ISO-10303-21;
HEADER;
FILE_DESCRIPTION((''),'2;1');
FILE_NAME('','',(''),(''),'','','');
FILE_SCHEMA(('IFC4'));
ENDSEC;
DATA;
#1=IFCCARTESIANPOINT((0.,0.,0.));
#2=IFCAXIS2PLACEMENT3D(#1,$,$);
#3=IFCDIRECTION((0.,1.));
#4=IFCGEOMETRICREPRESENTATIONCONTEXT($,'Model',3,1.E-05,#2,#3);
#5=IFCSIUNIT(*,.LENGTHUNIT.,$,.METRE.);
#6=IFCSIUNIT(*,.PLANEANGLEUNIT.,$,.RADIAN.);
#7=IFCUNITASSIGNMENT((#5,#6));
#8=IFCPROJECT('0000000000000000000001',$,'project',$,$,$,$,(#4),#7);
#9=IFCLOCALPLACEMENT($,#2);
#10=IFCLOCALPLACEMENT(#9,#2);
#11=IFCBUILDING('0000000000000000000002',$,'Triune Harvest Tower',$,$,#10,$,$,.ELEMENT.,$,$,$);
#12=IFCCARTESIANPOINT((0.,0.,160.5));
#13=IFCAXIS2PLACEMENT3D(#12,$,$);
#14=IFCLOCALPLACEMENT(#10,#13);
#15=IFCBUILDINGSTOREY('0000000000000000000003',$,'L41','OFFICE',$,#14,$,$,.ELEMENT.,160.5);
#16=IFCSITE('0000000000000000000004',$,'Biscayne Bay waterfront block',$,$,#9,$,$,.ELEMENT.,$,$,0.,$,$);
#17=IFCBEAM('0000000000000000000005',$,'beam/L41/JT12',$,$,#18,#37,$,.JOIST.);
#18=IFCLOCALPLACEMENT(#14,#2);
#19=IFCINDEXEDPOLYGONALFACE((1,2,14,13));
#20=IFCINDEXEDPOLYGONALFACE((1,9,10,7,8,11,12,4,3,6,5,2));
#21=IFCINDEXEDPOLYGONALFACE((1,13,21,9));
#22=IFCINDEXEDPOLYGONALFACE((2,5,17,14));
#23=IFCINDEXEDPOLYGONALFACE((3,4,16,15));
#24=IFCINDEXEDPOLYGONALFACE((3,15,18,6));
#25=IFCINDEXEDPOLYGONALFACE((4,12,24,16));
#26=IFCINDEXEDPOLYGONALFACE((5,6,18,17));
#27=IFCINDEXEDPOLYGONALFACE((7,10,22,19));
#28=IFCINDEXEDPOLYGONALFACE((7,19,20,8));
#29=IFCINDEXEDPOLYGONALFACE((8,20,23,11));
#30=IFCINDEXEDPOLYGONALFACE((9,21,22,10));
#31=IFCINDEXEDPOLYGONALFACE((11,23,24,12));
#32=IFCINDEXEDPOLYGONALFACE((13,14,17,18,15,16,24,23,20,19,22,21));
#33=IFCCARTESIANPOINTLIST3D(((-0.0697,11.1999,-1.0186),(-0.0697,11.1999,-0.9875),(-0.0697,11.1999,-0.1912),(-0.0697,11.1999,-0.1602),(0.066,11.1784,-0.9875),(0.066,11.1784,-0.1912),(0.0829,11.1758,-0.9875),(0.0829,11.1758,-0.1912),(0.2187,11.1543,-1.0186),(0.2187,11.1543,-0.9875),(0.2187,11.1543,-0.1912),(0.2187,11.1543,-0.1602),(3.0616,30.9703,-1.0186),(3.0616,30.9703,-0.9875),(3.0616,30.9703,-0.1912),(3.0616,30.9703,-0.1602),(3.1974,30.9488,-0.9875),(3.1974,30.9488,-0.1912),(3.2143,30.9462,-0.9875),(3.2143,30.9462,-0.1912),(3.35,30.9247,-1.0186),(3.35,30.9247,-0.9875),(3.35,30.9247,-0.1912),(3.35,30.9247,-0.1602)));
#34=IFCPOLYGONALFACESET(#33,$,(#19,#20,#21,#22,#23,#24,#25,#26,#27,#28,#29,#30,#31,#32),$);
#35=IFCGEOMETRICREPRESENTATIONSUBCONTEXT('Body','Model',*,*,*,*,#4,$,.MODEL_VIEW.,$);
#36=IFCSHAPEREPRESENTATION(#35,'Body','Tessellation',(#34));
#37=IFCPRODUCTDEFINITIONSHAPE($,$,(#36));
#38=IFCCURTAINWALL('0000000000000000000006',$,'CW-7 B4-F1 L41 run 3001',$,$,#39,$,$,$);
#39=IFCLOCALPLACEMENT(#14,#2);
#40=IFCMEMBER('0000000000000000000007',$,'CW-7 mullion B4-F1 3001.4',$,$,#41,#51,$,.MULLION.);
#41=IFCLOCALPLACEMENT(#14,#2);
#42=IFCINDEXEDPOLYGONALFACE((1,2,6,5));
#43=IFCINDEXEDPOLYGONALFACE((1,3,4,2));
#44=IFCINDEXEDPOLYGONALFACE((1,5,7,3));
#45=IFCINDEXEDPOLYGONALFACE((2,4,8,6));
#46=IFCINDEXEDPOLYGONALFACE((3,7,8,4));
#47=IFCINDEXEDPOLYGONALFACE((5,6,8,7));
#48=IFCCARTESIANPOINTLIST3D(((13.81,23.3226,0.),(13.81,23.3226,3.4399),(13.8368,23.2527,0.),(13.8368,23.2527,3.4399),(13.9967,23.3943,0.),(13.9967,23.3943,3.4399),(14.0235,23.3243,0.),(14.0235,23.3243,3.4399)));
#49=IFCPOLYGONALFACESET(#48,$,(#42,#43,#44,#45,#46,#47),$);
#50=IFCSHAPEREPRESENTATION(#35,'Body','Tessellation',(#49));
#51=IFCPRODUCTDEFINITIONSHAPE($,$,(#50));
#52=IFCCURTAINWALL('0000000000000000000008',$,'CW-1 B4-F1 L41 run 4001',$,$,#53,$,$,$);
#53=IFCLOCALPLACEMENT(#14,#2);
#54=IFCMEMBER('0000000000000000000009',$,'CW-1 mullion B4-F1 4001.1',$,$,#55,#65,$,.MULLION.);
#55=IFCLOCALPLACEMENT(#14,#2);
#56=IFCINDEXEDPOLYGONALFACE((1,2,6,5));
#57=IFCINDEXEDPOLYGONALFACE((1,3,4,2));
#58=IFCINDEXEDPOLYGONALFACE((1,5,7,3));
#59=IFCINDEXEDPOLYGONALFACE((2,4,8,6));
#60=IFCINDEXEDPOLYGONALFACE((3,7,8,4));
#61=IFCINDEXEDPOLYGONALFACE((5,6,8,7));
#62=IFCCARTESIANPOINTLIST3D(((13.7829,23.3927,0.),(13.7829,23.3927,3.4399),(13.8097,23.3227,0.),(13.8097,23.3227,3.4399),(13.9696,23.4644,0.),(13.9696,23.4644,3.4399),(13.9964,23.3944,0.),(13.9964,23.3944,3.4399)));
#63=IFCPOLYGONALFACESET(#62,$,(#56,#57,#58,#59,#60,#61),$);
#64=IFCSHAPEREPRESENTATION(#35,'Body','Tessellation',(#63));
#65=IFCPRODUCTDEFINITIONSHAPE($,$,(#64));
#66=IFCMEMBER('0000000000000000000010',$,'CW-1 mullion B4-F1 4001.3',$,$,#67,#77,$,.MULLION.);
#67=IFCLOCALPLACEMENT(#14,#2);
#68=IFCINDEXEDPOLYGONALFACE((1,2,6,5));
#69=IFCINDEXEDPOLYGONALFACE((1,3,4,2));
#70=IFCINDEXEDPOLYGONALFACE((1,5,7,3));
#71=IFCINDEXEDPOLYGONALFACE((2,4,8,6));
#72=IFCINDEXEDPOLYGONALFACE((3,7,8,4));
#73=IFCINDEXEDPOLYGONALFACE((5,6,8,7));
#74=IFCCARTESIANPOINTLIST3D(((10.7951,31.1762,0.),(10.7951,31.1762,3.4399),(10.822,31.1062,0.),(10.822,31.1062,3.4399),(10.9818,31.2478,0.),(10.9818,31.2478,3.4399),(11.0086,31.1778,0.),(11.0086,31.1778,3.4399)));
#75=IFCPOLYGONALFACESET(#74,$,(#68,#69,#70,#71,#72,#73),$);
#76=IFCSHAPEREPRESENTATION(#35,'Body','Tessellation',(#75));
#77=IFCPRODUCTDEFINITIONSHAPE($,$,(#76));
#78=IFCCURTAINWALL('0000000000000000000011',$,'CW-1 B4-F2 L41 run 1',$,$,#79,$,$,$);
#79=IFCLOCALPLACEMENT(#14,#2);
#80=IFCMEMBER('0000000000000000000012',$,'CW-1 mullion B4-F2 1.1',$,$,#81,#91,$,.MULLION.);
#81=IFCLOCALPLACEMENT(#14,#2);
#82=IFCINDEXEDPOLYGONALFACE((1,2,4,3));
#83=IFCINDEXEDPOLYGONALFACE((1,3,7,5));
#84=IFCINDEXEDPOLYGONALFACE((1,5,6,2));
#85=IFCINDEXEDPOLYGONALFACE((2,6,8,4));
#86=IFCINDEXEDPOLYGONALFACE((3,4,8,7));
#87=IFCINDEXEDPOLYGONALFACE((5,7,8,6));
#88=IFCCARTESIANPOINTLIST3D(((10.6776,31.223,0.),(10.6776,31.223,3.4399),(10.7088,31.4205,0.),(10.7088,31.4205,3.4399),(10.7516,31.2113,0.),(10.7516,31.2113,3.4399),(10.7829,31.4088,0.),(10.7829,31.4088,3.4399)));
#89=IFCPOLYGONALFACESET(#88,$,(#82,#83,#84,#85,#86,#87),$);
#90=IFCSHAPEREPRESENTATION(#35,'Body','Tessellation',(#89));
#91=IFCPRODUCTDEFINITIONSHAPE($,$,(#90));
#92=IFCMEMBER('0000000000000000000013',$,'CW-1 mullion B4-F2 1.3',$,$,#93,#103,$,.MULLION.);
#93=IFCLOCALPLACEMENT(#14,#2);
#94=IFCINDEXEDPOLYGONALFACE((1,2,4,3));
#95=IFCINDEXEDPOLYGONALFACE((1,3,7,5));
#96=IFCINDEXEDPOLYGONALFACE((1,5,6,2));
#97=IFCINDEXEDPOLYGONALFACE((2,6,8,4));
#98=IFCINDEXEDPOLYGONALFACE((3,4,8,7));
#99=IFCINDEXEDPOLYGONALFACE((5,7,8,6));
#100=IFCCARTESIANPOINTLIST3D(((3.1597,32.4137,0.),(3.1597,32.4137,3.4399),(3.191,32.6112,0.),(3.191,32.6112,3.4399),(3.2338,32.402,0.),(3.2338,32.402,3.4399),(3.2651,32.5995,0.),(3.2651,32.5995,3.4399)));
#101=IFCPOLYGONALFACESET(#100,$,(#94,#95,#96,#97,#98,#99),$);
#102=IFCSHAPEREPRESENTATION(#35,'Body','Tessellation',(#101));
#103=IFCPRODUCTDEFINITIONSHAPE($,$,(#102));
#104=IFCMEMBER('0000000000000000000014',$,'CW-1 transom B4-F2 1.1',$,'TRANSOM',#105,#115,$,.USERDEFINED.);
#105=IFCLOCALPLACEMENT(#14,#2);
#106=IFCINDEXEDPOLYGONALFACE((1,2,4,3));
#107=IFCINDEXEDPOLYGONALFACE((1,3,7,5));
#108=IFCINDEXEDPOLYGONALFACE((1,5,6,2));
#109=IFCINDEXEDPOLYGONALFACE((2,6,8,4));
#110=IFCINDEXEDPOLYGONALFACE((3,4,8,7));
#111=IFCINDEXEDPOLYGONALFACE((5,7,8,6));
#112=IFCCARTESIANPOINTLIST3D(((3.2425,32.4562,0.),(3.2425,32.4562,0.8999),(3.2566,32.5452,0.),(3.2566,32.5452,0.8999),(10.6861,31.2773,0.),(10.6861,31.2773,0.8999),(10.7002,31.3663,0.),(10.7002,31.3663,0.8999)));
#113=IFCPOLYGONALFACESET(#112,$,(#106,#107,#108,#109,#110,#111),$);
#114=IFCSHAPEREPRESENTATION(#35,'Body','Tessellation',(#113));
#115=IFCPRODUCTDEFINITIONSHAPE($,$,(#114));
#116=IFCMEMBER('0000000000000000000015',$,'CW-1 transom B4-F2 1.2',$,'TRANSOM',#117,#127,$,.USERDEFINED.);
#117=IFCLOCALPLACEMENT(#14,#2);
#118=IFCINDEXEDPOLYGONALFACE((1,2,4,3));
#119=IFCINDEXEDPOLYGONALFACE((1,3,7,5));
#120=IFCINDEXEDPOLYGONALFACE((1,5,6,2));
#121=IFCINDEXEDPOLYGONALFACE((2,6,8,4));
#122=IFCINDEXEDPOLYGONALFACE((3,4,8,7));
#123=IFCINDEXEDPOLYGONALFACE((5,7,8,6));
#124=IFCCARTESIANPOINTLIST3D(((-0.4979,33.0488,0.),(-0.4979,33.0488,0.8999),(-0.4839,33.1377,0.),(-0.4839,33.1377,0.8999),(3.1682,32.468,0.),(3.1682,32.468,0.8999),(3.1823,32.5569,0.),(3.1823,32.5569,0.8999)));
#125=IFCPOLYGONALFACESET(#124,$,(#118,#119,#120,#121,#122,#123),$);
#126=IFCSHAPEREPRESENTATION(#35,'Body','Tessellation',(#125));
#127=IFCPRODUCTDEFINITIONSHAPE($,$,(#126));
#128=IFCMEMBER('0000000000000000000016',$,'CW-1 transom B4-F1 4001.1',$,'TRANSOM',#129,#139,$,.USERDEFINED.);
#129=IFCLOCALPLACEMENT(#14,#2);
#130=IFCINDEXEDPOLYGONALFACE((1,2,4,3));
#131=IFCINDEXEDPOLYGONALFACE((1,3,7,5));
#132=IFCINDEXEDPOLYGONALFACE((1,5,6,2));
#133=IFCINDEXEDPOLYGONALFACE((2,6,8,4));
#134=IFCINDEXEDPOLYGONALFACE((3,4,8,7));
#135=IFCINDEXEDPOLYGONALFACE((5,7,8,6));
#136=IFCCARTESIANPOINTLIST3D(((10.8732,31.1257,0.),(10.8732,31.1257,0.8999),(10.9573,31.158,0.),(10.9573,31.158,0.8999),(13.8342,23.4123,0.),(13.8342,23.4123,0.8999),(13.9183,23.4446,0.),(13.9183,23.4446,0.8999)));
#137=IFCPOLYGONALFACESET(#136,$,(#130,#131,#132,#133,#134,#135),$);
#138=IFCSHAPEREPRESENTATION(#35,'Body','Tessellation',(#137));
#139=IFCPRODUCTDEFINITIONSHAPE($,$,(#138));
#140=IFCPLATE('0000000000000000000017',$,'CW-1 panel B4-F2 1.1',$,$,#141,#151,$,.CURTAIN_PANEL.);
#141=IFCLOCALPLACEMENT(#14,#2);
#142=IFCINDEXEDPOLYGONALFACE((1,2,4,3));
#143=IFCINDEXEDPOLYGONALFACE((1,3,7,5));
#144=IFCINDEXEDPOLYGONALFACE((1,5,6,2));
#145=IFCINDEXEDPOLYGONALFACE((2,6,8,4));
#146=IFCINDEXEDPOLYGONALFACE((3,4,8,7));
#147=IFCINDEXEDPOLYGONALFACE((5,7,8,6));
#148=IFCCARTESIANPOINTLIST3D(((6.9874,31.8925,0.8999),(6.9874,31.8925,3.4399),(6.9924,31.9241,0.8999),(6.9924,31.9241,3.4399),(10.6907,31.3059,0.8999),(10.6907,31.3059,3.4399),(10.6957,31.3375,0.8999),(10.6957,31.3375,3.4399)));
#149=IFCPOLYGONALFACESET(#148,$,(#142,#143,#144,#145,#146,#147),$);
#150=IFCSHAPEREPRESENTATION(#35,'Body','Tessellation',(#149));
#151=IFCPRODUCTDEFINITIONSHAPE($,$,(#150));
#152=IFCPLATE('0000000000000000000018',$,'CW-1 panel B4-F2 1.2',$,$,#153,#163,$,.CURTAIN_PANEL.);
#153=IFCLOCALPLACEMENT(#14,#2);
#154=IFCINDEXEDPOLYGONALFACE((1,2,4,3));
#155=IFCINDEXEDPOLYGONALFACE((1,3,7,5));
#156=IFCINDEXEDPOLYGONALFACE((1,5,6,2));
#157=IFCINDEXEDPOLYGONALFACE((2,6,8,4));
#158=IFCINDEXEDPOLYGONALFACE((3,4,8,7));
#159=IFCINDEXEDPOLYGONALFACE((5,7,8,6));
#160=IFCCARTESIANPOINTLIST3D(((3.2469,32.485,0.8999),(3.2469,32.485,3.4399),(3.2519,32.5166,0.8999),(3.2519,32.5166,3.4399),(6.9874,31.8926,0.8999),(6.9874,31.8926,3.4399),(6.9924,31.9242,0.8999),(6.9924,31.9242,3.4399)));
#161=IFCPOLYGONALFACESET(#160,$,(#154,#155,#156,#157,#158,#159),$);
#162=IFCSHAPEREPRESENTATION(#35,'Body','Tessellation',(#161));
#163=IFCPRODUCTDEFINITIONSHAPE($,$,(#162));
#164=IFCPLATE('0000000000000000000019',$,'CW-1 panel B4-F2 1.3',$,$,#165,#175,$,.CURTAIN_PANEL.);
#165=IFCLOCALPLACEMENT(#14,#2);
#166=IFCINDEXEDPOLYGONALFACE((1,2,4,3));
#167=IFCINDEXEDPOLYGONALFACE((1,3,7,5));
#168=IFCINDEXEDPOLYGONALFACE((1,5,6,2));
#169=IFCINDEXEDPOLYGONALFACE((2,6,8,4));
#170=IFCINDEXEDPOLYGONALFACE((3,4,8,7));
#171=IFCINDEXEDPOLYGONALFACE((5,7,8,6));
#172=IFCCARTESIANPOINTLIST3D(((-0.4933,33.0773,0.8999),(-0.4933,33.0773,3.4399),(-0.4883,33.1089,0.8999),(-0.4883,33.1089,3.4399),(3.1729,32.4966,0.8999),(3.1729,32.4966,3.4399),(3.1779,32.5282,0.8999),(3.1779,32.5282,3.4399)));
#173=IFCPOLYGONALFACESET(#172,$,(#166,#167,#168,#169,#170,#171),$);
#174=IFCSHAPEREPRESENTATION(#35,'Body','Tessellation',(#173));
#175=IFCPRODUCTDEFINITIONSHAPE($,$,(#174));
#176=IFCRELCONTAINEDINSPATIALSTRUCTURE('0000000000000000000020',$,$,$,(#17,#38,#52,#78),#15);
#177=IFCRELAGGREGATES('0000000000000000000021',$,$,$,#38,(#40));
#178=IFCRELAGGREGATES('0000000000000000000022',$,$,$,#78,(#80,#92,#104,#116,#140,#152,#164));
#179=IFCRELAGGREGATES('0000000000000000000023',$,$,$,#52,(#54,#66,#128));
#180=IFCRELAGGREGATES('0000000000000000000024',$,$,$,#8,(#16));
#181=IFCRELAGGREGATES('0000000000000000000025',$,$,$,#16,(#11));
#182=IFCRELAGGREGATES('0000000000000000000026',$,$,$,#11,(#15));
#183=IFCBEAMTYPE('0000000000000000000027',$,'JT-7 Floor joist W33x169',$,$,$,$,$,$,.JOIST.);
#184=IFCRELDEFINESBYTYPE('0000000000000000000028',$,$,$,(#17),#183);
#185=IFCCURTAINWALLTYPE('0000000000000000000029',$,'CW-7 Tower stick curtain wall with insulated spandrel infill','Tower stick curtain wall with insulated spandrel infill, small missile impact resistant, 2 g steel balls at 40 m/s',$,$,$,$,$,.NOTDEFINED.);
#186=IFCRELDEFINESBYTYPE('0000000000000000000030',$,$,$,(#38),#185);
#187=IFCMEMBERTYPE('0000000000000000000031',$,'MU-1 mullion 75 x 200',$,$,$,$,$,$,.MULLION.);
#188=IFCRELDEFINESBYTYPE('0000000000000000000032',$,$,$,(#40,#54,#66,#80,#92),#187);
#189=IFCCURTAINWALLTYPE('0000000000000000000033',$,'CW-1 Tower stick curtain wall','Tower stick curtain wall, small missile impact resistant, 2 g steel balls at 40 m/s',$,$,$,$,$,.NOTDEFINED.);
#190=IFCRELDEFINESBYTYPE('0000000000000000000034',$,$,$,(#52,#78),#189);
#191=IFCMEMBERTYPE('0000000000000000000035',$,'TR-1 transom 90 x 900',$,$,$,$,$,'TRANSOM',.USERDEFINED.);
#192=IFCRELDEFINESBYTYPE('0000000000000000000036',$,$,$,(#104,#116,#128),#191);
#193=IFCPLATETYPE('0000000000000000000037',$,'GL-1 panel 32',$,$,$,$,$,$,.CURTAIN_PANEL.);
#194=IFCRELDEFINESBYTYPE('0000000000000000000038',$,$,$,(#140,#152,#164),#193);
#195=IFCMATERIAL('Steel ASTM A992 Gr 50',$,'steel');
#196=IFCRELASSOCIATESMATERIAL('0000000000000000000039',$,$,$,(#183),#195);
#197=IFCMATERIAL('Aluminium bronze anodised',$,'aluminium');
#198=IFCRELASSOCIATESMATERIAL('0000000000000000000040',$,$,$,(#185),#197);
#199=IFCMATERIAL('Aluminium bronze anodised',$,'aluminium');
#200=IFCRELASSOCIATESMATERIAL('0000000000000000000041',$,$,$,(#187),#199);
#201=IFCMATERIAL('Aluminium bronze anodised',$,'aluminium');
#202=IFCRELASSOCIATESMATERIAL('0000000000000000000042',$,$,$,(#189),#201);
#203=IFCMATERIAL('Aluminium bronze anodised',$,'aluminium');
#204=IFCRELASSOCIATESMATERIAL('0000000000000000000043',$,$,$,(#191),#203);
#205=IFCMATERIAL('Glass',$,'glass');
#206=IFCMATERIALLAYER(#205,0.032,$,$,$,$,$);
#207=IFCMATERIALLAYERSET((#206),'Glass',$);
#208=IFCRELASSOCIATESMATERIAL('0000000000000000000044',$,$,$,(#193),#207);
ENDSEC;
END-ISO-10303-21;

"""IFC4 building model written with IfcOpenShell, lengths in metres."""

from ifc_helpers import new_model, si_unit, direction, frame, origin, origin_2d, place, context, subcontext, project, spatial, rectangle, i_section, extrude, source, transform, mapped, material, layer, layer_set, material_profile, profile_set, type_object, element, aggregate, save


model = new_model("IFC4")

# Units and contexts
model_context = context("Model", 3, precision=1e-05, world=origin(), true_north=direction((0.0, 1.0)))
body_context = subcontext(model_context, "Body", "Model", "MODEL_VIEW")
ifc_project = project(units=[si_unit("LENGTHUNIT", "METRE"), si_unit("PLANEANGLEUNIT", "RADIAN")], contexts=[model_context])

# Site, building, storey
site_placement = place(None, origin())
site = spatial("IfcSite", under=ifc_project, at=site_placement, Name="Biscayne Bay waterfront block", CompositionType="ELEMENT", RefElevation=0.0)
building_placement = place(site_placement, origin())
building = spatial("IfcBuilding", under=site, at=building_placement, Name="Triune Harvest Tower", CompositionType="ELEMENT")
storey_placement = place(building_placement, frame((0.0, 0.0, 160.5)))
storey = spatial("IfcBuildingStorey", under=building, at=storey_placement, Name="L41", Description="OFFICE", CompositionType="ELEMENT", Elevation=160.5)

# Beam
ifc_material_1 = material(Name="Steel ASTM A992 Gr 50", Category="steel")
ifc_material_profile_1 = material_profile(ifc_material_1, i_section(OverallWidth=0.292, OverallDepth=0.8584, WebThickness=0.0171, FlangeThickness=0.031, at=origin_2d()), Name="W33x169")
ifc_profile_set_1 = profile_set([ifc_material_profile_1], Name="Steel ASTM A992 Gr 50")
beam_type_1 = type_object("IfcBeamType", Name="JT-7 Floor joist W33x169", PredefinedType="JOIST", material=ifc_profile_set_1)
shared_shape_1 = source(origin(), body_context, "Body", "SweptSolid", [
    extrude(i_section(OverallWidth=0.292, OverallDepth=0.8584, WebThickness=0.0171, FlangeThickness=0.031, at=origin_2d()), origin(), (0.0, 0.0, 1.0), 20.0168),
])
beam_1_placement = place(storey_placement, frame((3.2058, 30.9475, -0.5894), z_axis=(-0.156435, -0.987688, 0.0), x_axis=(0.987688, -0.156435, 0.0)))
element("IfcBeam", 1, at=beam_1_placement, inside=storey, type_object=beam_type_1, Name="beam/L41/JT12", PredefinedType="JOIST", context=body_context, shape_type="MappedRepresentation", body=[
    mapped(shared_shape_1, transform((0.0, 0.0, 0.0), scale=1.0)),
])

# Curtain wall, member
ifc_material_2 = material(Name="Aluminium bronze anodised", Category="aluminium")
curtain_wall_type_1 = type_object("IfcCurtainWallType", Name="CW-7 Tower stick curtain wall with insulated spandrel infill", Description="Tower stick curtain wall with insulated spandrel infill, small missile impact resistant, 2 g steel balls at 40 m/s", PredefinedType="NOTDEFINED", material=ifc_material_2)
curtain_wall_1_placement = place(storey_placement, origin())
curtain_wall_1 = element("IfcCurtainWall", 2, at=curtain_wall_1_placement, inside=storey, type_object=curtain_wall_type_1, Name="CW-7 B4-F1 L41 run 3001")
ifc_material_3 = material(Name="Aluminium bronze anodised", Category="aluminium")
ifc_material_profile_2 = material_profile(ifc_material_3, rectangle(XDim=0.2, YDim=0.075, at=origin_2d()), Name="MU-1 mullion 75 x 200")
ifc_profile_set_2 = profile_set([ifc_material_profile_2], Name="Aluminium bronze anodised")
member_type_1 = type_object("IfcMemberType", Name="MU-1 mullion 75 x 200", PredefinedType="MULLION", material=ifc_profile_set_2)
shared_shape_2 = source(origin(), body_context, "Body", "SweptSolid", [
    extrude(rectangle(XDim=0.2, YDim=0.075, at=origin_2d()), origin(), (0.0, 0.0, 1.0), 3.4399),
])
member_1_placement = place(storey_placement, frame((13.9167, 23.3235, 0.0), z_axis=(0.0, 0.0, 1.0), x_axis=(-0.933581, -0.358366, 0.0)))
member_1 = element("IfcMember", 3, at=member_1_placement, type_object=member_type_1, Name="CW-7 mullion B4-F1 3001.4", PredefinedType="MULLION", context=body_context, shape_type="MappedRepresentation", body=[
    mapped(shared_shape_2, transform((0.0, 0.0, 0.0), scale=1.0)),
])
aggregate(curtain_wall_1, [member_1])

# Curtain walls, members
ifc_material_4 = material(Name="Aluminium bronze anodised", Category="aluminium")
curtain_wall_type_2 = type_object("IfcCurtainWallType", Name="CW-1 Tower stick curtain wall", Description="Tower stick curtain wall, small missile impact resistant, 2 g steel balls at 40 m/s", PredefinedType="NOTDEFINED", material=ifc_material_4)
curtain_wall_2_placement = place(storey_placement, origin())
curtain_wall_2 = element("IfcCurtainWall", 4, at=curtain_wall_2_placement, inside=storey, type_object=curtain_wall_type_2, Name="CW-1 B4-F1 L41 run 4001")
member_2_placement = place(storey_placement, frame((13.8896, 23.3936, 0.0), z_axis=(0.0, 0.0, 1.0), x_axis=(-0.933577, -0.358376, 0.0)))
member_2 = element("IfcMember", 5, at=member_2_placement, type_object=member_type_1, Name="CW-1 mullion B4-F1 4001.1", PredefinedType="MULLION", context=body_context, shape_type="MappedRepresentation", body=[
    mapped(shared_shape_2, transform((0.0, 0.0, 0.0), scale=1.0)),
])
member_3_placement = place(storey_placement, frame((10.9019, 31.177, 0.0), z_axis=(0.0, 0.0, 1.0), x_axis=(-0.933577, -0.358376, 0.0)))
member_3 = element("IfcMember", 6, at=member_3_placement, type_object=member_type_1, Name="CW-1 mullion B4-F1 4001.3", PredefinedType="MULLION", context=body_context, shape_type="MappedRepresentation", body=[
    mapped(shared_shape_2, transform((0.0, 0.0, 0.0), scale=1.0)),
])
curtain_wall_3_placement = place(storey_placement, origin())
curtain_wall_3 = element("IfcCurtainWall", 7, at=curtain_wall_3_placement, inside=storey, type_object=curtain_wall_type_2, Name="CW-1 B4-F2 L41 run 1")
member_4_placement = place(storey_placement, frame((10.7302, 31.3159, 0.0), z_axis=(0.0, 0.0, 1.0), x_axis=(-0.156433, -0.987689, 0.0)))
member_4 = element("IfcMember", 8, at=member_4_placement, type_object=member_type_1, Name="CW-1 mullion B4-F2 1.1", PredefinedType="MULLION", context=body_context, shape_type="MappedRepresentation", body=[
    mapped(shared_shape_2, transform((0.0, 0.0, 0.0), scale=1.0)),
])
member_5_placement = place(storey_placement, frame((3.2124, 32.5066, 0.0), z_axis=(0.0, 0.0, 1.0), x_axis=(-0.156433, -0.987689, 0.0)))
member_5 = element("IfcMember", 9, at=member_5_placement, type_object=member_type_1, Name="CW-1 mullion B4-F2 1.3", PredefinedType="MULLION", context=body_context, shape_type="MappedRepresentation", body=[
    mapped(shared_shape_2, transform((0.0, 0.0, 0.0), scale=1.0)),
])
ifc_material_5 = material(Name="Aluminium bronze anodised", Category="aluminium")
ifc_material_profile_3 = material_profile(ifc_material_5, rectangle(XDim=0.0901, YDim=0.8999, at=origin_2d()), Name="TR-1 transom 90 x 900")
ifc_profile_set_3 = profile_set([ifc_material_profile_3], Name="Aluminium bronze anodised")
member_type_2 = type_object("IfcMemberType", Name="TR-1 transom 90 x 900", ElementType="TRANSOM", PredefinedType="USERDEFINED", material=ifc_profile_set_3)
shared_shape_3 = source(origin(), body_context, "Body", "SweptSolid", [
    extrude(rectangle(XDim=0.0901, YDim=0.8999, at=origin_2d()), origin(), (0.0, 0.0, 1.0), 7.5364),
])
member_6_placement = place(storey_placement, frame((10.6931, 31.3218, 0.45), z_axis=(-0.987688, 0.156435, 0.0), x_axis=(-0.156435, -0.987688, 0.0)))
member_6 = element("IfcMember", 10, at=member_6_placement, type_object=member_type_2, Name="CW-1 transom B4-F2 1.1", ObjectType="TRANSOM", PredefinedType="USERDEFINED", context=body_context, shape_type="MappedRepresentation", body=[
    mapped(shared_shape_3, transform((0.0, 0.0, 0.0), scale=1.0)),
])
shared_shape_4 = source(origin(), body_context, "Body", "SweptSolid", [
    extrude(rectangle(XDim=0.0901, YDim=0.8999, at=origin_2d()), origin(), (0.0, 0.0, 1.0), 3.7119),
])
member_7_placement = place(storey_placement, frame((3.1753, 32.5125, 0.45), z_axis=(-0.987683, 0.156469, 0.0), x_axis=(-0.156469, -0.987683, 0.0)))
member_7 = element("IfcMember", 11, at=member_7_placement, type_object=member_type_2, Name="CW-1 transom B4-F2 1.2", ObjectType="TRANSOM", PredefinedType="USERDEFINED", context=body_context, shape_type="MappedRepresentation", body=[
    mapped(shared_shape_4, transform((0.0, 0.0, 0.0), scale=1.0)),
])

# Member
shared_shape_5 = source(origin(), body_context, "Body", "SweptSolid", [
    extrude(rectangle(XDim=0.0901, YDim=0.8999, at=origin_2d()), origin(), (0.0, 0.0, 1.0), 8.2622),
])
member_8_placement = place(storey_placement, frame((13.8762, 23.4285, 0.45), z_axis=(-0.358373, 0.933578, 0.0), x_axis=(-0.933578, -0.358373, 0.0)))
member_8 = element("IfcMember", 12, at=member_8_placement, type_object=member_type_2, Name="CW-1 transom B4-F1 4001.1", ObjectType="TRANSOM", PredefinedType="USERDEFINED", context=body_context, shape_type="MappedRepresentation", body=[
    mapped(shared_shape_5, transform((0.0, 0.0, 0.0), scale=1.0)),
])

# Plates
ifc_material_6 = material(Name="Glass", Category="glass")
ifc_layer = layer(ifc_material_6, 0.032)
ifc_layer_set = layer_set([ifc_layer], Name="Glass")
plate_type = type_object("IfcPlateType", Name="GL-1 panel 32", PredefinedType="CURTAIN_PANEL", material=ifc_layer_set)
shared_shape_6 = source(origin(), body_context, "Body", "SweptSolid", [
    extrude(rectangle(XDim=3.7495, YDim=0.032, at=origin_2d()), origin(), (0.0, 0.0, 1.0), 2.54),
])
plate_1_placement = place(storey_placement, frame((8.8416, 31.615, 0.8999), z_axis=(0.0, 0.0, 1.0), x_axis=(-0.987689, 0.156433, 0.0)))
plate_1 = element("IfcPlate", 13, at=plate_1_placement, type_object=plate_type, Name="CW-1 panel B4-F2 1.1", PredefinedType="CURTAIN_PANEL", context=body_context, shape_type="MappedRepresentation", body=[
    mapped(shared_shape_6, transform((0.0, 0.0, 0.0), scale=1.0)),
])
shared_shape_7 = source(origin(), body_context, "Body", "SweptSolid", [
    extrude(rectangle(XDim=3.7871, YDim=0.032, at=origin_2d()), origin(), (0.0, 0.0, 1.0), 2.54),
])
plate_2_placement = place(storey_placement, frame((5.1196, 32.2046, 0.8999), z_axis=(0.0, 0.0, 1.0), x_axis=(-0.987689, 0.156433, 0.0)))
plate_2 = element("IfcPlate", 14, at=plate_2_placement, type_object=plate_type, Name="CW-1 panel B4-F2 1.2", PredefinedType="CURTAIN_PANEL", context=body_context, shape_type="MappedRepresentation", body=[
    mapped(shared_shape_7, transform((0.0, 0.0, 0.0), scale=1.0)),
])
shared_shape_8 = source(origin(), body_context, "Body", "SweptSolid", [
    extrude(rectangle(XDim=3.7119, YDim=0.032, at=origin_2d()), origin(), (0.0, 0.0, 1.0), 2.54),
])
plate_3_placement = place(storey_placement, frame((1.3423, 32.8027, 0.8999), z_axis=(0.0, 0.0, 1.0), x_axis=(-0.987689, 0.156433, 0.0)))
plate_3 = element("IfcPlate", 15, at=plate_3_placement, type_object=plate_type, Name="CW-1 panel B4-F2 1.3", PredefinedType="CURTAIN_PANEL", context=body_context, shape_type="MappedRepresentation", body=[
    mapped(shared_shape_8, transform((0.0, 0.0, 0.0), scale=1.0)),
])
aggregate(curtain_wall_3, [member_4, member_5, member_6, member_7, plate_1, plate_2, plate_3])
aggregate(curtain_wall_2, [member_2, member_3, member_8])

save(model, "model.ifc")
